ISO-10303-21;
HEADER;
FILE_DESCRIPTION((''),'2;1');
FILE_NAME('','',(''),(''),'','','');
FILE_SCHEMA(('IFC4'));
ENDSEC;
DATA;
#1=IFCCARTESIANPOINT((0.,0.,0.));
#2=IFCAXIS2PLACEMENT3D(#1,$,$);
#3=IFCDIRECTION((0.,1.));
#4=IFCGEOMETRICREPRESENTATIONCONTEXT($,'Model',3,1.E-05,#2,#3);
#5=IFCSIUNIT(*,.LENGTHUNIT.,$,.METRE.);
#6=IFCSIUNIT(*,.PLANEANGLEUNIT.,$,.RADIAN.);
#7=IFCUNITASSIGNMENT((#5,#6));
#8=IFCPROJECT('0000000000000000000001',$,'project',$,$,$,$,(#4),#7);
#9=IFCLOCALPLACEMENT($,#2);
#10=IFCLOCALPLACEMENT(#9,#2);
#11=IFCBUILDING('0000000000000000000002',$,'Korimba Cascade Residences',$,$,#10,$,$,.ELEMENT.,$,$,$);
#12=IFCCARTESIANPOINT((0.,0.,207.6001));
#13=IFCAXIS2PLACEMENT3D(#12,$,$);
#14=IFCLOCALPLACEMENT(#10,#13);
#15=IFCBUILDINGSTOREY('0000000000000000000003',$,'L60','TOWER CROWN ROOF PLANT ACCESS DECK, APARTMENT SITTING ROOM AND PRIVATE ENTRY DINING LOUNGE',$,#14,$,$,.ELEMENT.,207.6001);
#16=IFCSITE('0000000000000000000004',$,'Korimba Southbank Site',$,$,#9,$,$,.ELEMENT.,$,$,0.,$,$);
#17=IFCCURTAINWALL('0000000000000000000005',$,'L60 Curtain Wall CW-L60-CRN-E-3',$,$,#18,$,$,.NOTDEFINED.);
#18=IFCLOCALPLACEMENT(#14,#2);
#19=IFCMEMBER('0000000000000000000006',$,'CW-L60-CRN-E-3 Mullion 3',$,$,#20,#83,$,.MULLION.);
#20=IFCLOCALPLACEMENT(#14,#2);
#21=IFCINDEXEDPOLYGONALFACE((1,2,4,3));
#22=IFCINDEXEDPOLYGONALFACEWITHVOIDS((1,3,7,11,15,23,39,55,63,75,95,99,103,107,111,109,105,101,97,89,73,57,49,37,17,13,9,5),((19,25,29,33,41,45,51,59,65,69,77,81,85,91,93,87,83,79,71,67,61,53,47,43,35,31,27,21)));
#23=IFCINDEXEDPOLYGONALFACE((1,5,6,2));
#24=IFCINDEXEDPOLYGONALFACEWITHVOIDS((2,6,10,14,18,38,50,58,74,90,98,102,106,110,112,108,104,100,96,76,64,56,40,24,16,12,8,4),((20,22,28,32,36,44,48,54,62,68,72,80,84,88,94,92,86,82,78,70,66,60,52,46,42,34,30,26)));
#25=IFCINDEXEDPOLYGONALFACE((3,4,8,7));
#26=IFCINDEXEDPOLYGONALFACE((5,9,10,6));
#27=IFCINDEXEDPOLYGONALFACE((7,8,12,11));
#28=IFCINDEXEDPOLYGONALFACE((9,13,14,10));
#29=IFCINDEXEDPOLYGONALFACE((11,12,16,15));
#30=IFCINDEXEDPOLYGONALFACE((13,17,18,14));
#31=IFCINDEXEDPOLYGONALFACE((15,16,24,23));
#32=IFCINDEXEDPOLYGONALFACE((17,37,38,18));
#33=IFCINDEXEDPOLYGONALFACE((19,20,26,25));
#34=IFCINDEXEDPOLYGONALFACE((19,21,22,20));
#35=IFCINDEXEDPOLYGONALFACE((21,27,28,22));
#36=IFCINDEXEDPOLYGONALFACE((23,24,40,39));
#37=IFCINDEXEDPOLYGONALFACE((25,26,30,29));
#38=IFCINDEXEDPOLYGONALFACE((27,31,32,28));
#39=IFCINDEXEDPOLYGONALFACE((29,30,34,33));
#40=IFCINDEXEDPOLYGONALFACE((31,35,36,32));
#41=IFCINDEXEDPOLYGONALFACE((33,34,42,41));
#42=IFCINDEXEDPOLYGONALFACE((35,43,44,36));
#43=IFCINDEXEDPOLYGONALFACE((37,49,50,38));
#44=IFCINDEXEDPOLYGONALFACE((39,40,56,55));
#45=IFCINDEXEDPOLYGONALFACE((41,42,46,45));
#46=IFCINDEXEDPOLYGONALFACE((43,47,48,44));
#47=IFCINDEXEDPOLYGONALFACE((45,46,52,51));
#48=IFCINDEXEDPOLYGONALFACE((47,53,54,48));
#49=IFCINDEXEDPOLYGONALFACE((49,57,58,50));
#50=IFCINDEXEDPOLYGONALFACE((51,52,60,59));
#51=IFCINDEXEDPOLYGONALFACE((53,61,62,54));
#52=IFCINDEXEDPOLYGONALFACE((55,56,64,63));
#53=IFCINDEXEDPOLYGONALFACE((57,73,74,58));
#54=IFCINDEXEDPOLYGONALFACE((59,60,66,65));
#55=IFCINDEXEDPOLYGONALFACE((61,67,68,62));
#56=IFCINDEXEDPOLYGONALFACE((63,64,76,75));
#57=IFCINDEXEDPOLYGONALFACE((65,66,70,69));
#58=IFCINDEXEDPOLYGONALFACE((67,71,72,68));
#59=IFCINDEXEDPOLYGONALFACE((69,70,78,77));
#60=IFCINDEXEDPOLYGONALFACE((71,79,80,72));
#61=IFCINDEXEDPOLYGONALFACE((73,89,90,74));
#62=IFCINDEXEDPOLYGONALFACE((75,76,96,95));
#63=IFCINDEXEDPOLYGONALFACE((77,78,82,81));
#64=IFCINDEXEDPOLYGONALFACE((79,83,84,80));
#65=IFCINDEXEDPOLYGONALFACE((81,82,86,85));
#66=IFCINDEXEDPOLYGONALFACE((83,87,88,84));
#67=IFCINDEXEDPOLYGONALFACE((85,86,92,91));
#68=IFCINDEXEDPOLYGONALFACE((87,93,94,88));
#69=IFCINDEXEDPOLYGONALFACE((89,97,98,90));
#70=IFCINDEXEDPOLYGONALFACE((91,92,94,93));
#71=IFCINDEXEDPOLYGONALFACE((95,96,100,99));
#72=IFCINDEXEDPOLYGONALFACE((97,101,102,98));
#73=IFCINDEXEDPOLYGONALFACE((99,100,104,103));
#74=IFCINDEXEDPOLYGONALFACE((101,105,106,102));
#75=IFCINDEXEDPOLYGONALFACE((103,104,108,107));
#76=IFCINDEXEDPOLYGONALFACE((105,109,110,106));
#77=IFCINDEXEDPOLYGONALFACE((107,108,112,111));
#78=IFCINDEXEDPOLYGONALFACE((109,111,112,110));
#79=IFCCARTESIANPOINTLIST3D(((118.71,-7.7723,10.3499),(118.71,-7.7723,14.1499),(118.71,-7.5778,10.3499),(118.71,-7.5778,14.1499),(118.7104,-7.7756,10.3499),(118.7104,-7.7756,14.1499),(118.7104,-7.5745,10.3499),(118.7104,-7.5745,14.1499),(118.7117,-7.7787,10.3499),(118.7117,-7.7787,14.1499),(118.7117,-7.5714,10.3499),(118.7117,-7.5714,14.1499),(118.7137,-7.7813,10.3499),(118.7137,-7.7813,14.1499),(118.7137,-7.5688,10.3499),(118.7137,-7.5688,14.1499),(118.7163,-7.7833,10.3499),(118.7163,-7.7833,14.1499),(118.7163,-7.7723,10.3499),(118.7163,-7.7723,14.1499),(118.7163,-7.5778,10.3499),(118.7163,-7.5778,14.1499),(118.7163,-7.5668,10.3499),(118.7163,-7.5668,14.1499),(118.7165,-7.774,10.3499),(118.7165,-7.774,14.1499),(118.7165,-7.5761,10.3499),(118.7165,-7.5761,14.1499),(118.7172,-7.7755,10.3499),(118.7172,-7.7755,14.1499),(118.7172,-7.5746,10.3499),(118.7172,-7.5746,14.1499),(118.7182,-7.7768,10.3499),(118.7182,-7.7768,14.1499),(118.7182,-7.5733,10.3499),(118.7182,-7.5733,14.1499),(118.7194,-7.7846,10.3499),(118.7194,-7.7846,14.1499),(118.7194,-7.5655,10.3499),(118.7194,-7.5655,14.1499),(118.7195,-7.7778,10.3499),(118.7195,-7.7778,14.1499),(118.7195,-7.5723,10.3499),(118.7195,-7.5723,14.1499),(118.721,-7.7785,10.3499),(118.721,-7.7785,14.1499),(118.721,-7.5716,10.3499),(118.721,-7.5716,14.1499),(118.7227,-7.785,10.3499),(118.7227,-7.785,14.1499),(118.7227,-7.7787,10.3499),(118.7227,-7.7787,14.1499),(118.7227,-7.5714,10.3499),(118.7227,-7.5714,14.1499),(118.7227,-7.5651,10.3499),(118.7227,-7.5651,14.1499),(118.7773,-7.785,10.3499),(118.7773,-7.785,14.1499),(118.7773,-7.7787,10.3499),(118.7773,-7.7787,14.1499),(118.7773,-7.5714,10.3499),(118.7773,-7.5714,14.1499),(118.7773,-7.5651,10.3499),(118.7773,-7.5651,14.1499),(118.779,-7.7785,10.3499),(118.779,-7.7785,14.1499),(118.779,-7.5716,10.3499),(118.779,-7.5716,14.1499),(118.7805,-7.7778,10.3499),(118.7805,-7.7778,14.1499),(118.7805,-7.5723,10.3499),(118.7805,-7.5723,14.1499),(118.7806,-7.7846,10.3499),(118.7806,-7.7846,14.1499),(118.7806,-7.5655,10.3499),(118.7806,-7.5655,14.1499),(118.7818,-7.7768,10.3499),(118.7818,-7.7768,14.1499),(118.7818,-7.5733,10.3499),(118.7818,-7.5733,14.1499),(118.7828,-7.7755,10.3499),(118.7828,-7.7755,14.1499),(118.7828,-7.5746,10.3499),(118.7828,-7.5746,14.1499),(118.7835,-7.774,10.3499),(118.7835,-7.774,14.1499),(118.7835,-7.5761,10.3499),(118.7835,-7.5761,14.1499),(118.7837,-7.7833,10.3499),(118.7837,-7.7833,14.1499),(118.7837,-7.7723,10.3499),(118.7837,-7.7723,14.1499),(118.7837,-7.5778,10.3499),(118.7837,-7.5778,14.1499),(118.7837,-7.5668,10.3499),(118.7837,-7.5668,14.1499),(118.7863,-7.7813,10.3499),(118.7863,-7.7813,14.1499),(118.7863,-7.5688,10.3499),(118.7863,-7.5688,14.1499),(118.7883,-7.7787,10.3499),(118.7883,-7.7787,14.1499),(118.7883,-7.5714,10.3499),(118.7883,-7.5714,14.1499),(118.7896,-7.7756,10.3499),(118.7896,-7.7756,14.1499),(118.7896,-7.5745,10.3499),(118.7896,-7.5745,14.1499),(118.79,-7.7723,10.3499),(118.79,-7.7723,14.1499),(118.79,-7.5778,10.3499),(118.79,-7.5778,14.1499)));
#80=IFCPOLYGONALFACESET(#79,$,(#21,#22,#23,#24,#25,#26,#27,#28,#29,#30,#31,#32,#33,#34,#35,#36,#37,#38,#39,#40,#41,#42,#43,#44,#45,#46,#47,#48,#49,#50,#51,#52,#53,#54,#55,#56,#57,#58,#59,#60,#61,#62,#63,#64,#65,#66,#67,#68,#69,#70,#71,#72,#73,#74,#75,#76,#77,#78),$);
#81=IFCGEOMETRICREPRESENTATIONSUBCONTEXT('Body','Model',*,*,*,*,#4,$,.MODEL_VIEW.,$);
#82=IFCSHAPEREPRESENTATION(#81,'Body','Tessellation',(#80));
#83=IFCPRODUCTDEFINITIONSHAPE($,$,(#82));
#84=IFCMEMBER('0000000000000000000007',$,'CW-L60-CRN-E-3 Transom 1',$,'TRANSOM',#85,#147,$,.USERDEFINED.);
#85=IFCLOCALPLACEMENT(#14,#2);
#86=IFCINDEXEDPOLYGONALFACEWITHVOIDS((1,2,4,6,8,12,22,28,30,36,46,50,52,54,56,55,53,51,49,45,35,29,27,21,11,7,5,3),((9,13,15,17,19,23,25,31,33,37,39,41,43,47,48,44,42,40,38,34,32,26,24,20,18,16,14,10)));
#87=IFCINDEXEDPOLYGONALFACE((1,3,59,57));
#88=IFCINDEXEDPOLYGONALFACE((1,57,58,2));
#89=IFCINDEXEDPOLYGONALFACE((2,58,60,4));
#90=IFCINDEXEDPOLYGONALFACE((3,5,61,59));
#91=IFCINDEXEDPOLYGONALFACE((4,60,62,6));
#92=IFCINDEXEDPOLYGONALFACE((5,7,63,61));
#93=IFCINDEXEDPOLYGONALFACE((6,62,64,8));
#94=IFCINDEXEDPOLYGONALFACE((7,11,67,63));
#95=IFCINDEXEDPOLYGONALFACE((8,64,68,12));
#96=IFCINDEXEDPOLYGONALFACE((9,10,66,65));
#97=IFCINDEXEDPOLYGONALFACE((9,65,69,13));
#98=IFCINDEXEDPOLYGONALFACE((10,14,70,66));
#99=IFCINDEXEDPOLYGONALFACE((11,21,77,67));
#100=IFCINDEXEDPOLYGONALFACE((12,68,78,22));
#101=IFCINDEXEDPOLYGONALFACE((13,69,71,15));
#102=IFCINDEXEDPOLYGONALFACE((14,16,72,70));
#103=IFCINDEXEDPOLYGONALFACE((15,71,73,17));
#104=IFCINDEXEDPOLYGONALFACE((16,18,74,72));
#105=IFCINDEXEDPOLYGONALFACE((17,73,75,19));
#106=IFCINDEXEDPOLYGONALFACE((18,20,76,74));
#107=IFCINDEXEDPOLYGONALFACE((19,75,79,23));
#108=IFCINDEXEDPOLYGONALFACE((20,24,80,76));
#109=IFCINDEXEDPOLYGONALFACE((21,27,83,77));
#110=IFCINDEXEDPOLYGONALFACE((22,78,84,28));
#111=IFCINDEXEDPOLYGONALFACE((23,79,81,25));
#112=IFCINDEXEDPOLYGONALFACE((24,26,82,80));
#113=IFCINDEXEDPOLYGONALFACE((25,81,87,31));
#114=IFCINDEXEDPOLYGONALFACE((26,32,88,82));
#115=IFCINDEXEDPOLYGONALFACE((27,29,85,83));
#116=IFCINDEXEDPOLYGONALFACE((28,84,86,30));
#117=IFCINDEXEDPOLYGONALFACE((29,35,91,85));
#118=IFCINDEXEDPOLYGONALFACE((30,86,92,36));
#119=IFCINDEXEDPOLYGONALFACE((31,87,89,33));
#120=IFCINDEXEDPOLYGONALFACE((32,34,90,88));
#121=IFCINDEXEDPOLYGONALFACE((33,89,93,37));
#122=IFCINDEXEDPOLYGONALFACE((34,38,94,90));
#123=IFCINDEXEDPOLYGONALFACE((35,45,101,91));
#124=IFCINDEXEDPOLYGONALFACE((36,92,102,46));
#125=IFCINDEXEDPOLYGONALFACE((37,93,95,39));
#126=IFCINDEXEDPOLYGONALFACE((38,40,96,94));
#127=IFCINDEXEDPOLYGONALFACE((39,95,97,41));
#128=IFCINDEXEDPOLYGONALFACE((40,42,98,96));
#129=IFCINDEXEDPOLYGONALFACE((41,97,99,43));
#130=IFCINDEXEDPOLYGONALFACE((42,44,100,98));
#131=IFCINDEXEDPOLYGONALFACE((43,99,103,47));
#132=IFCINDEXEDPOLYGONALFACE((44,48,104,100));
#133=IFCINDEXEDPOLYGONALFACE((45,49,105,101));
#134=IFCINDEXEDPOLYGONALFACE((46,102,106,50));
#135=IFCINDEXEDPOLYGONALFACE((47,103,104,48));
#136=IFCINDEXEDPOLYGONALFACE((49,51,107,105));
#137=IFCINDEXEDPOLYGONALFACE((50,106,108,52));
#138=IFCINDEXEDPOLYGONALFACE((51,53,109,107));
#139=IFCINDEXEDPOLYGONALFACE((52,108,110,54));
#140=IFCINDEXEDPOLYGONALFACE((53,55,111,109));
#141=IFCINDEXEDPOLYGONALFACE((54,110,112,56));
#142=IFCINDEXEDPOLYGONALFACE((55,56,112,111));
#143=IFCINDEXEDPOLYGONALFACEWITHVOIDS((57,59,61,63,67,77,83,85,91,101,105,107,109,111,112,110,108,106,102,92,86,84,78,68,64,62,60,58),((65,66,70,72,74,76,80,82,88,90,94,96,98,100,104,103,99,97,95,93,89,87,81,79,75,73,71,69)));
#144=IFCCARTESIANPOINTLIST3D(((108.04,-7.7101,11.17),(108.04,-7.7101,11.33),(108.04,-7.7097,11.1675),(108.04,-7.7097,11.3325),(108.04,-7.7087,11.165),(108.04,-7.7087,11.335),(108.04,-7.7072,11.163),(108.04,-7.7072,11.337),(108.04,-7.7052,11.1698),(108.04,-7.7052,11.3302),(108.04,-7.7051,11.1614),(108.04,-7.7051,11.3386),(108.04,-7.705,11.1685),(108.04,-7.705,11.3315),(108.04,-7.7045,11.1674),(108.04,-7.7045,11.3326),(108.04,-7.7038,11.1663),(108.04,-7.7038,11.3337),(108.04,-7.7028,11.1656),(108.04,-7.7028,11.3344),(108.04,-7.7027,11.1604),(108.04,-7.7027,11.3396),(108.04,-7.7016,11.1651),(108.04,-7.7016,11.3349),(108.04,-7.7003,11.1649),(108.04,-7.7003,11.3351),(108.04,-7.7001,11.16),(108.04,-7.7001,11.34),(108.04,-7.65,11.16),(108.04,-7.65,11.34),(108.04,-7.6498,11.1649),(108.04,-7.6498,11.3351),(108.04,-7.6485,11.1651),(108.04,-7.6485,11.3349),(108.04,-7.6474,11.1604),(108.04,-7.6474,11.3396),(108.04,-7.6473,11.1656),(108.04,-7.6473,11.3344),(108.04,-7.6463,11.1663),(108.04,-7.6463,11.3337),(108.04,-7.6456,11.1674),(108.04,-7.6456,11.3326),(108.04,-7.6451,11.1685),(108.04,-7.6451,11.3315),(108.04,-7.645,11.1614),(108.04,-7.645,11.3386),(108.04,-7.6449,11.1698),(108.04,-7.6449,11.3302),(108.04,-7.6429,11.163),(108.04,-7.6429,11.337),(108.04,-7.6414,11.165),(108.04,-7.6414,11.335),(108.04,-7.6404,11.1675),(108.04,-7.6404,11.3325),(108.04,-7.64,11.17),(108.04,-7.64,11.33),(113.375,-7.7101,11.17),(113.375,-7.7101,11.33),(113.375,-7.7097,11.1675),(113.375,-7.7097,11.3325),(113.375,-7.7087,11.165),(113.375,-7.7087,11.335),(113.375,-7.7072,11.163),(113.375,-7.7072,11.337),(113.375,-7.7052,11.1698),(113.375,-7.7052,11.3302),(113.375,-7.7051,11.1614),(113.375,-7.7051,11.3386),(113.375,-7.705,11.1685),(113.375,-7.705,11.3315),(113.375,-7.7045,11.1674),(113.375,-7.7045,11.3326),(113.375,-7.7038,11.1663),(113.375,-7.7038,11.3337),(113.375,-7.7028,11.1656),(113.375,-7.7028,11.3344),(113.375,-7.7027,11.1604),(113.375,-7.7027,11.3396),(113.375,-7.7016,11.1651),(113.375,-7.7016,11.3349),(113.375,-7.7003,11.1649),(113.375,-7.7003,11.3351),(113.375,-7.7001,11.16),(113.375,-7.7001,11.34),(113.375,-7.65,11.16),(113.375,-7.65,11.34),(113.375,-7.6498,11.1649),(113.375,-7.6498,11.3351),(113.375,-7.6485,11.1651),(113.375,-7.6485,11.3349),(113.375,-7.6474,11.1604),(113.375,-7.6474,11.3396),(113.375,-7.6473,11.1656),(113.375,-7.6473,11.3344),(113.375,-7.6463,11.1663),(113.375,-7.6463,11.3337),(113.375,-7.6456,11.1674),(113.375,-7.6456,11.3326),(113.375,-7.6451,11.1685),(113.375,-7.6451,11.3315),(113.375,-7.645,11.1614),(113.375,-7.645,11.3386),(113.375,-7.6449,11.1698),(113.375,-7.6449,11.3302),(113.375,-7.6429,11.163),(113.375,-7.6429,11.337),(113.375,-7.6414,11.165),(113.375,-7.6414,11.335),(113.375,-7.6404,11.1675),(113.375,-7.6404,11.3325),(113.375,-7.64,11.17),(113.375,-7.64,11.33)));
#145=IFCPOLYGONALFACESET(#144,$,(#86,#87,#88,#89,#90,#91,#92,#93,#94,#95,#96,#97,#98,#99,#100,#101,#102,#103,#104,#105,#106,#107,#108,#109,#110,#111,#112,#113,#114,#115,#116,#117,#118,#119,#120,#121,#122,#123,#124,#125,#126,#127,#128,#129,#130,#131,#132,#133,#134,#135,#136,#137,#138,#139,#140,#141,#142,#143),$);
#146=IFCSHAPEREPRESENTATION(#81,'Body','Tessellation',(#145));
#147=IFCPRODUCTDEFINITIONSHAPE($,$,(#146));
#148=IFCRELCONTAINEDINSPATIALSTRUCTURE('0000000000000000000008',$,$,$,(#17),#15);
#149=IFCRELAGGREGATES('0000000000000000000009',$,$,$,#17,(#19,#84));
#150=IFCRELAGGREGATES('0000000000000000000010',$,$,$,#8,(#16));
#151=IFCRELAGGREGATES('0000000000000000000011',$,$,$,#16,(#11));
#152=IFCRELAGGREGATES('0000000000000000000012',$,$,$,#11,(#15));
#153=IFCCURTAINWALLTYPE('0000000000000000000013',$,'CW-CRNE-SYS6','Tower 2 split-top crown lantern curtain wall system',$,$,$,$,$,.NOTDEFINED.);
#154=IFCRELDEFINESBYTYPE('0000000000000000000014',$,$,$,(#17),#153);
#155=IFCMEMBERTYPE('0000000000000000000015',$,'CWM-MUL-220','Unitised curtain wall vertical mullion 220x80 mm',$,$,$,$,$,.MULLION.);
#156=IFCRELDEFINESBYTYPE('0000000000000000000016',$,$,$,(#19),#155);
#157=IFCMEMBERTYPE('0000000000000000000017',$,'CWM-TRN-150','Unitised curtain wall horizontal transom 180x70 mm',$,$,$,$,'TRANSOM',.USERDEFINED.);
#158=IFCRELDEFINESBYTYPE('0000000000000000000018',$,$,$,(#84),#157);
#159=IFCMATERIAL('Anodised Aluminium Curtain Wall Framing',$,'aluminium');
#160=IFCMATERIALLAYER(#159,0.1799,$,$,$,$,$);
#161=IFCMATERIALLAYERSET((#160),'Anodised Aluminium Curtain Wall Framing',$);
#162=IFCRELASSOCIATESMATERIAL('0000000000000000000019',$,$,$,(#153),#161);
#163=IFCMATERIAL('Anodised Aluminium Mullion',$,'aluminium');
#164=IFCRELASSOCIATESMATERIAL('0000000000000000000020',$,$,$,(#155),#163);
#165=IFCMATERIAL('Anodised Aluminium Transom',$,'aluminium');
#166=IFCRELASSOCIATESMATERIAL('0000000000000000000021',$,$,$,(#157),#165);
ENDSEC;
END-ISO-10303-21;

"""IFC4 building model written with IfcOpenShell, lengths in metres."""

from ifc_helpers import new_model, si_unit, direction, frame, origin, origin_2d, place, context, subcontext, project, spatial, hollow_rectangle, extrude, material, layer, layer_set, material_profile, profile_set, type_object, element, aggregate, save


model = new_model("IFC4")

# Units and contexts
model_context = context("Model", 3, precision=1e-05, world=origin(), true_north=direction((0.0, 1.0)))
body_context = subcontext(model_context, "Body", "Model", "MODEL_VIEW")
ifc_project = project(units=[si_unit("LENGTHUNIT", "METRE"), si_unit("PLANEANGLEUNIT", "RADIAN")], contexts=[model_context])

# Site, building, storey
site_placement = place(None, origin())
site = spatial("IfcSite", under=ifc_project, at=site_placement, Name="Korimba Southbank Site", CompositionType="ELEMENT", RefElevation=0.0)
building_placement = place(site_placement, origin())
building = spatial("IfcBuilding", under=site, at=building_placement, Name="Korimba Cascade Residences", CompositionType="ELEMENT")
storey_placement = place(building_placement, frame((0.0, 0.0, 207.6001)))
storey = spatial("IfcBuildingStorey", under=building, at=storey_placement, Name="L60", Description="TOWER CROWN ROOF PLANT ACCESS DECK, APARTMENT SITTING ROOM AND PRIVATE ENTRY DINING LOUNGE", CompositionType="ELEMENT", Elevation=207.6001)

# Curtain wall, members
ifc_material_1 = material(Name="Anodised Aluminium Curtain Wall Framing", Category="aluminium")
ifc_layer_1 = layer(ifc_material_1, 0.1799)
ifc_layer_set_1 = layer_set([ifc_layer_1], Name="Anodised Aluminium Curtain Wall Framing")
curtain_wall_type = type_object("IfcCurtainWallType", Name="CW-CRNE-SYS6", Description="Tower 2 split-top crown lantern curtain wall system", PredefinedType="NOTDEFINED", material=ifc_layer_set_1)
curtain_wall_placement = place(storey_placement, origin())
curtain_wall = element("IfcCurtainWall", 1, at=curtain_wall_placement, inside=storey, type_object=curtain_wall_type, Name="L60 Curtain Wall CW-L60-CRN-E-3", PredefinedType="NOTDEFINED")
ifc_material_2 = material(Name="Anodised Aluminium Mullion", Category="aluminium")
ifc_material_profile_1 = material_profile(ifc_material_2, hollow_rectangle(XDim=0.0801, YDim=0.22, WallThickness=0.0063, InnerFilletRadius=0.0063, OuterFilletRadius=0.0127, at=origin_2d()), Name="Anodised Aluminium Mullion")
ifc_profile_set_1 = profile_set([ifc_material_profile_1], Name="Anodised Aluminium Mullion")
member_type_1 = type_object("IfcMemberType", Name="CWM-MUL-220", Description="Unitised curtain wall vertical mullion 220x80 mm", PredefinedType="MULLION", material=ifc_profile_set_1)
member_1_placement = place(storey_placement, frame((118.75, -7.675, 10.3499), z_axis=(0.0, 0.0, 1.0), x_axis=(1.0, 0.0, 0.0)))
member_1 = element("IfcMember", 2, at=member_1_placement, type_object=member_type_1, Name="CW-L60-CRN-E-3 Mullion 3", PredefinedType="MULLION", context=body_context, shape_type="SweptSolid", body=[
    extrude(hollow_rectangle(XDim=0.0801, YDim=0.22, WallThickness=0.0063, InnerFilletRadius=0.0063, OuterFilletRadius=0.0127, at=origin_2d()), origin(), (0.0, 0.0, 1.0), 3.8),
])
ifc_material_3 = material(Name="Anodised Aluminium Transom", Category="aluminium")
ifc_material_profile_2 = material_profile(ifc_material_3, hollow_rectangle(XDim=0.0701, YDim=0.1799, WallThickness=0.0049, InnerFilletRadius=0.0049, OuterFilletRadius=0.01, at=origin_2d()), Name="Anodised Aluminium Transom")
ifc_profile_set_2 = profile_set([ifc_material_profile_2], Name="Anodised Aluminium Transom")
member_type_2 = type_object("IfcMemberType", Name="CWM-TRN-150", Description="Unitised curtain wall horizontal transom 180x70 mm", ElementType="TRANSOM", PredefinedType="USERDEFINED", material=ifc_profile_set_2)
member_2_placement = place(storey_placement, frame((108.04, -7.675, 11.25), z_axis=(1.0, 0.0, 0.0), x_axis=(0.0, 1.0, 0.0)))
member_2 = element("IfcMember", 3, at=member_2_placement, type_object=member_type_2, Name="CW-L60-CRN-E-3 Transom 1", ObjectType="TRANSOM", PredefinedType="USERDEFINED", context=body_context, shape_type="SweptSolid", body=[
    extrude(hollow_rectangle(XDim=0.0701, YDim=0.1799, WallThickness=0.0049, InnerFilletRadius=0.0049, OuterFilletRadius=0.01, at=origin_2d()), origin(), (0.0, 0.0, 1.0), 5.335),
])

aggregate(curtain_wall, [member_1, member_2])

save(model, "model.ifc")
